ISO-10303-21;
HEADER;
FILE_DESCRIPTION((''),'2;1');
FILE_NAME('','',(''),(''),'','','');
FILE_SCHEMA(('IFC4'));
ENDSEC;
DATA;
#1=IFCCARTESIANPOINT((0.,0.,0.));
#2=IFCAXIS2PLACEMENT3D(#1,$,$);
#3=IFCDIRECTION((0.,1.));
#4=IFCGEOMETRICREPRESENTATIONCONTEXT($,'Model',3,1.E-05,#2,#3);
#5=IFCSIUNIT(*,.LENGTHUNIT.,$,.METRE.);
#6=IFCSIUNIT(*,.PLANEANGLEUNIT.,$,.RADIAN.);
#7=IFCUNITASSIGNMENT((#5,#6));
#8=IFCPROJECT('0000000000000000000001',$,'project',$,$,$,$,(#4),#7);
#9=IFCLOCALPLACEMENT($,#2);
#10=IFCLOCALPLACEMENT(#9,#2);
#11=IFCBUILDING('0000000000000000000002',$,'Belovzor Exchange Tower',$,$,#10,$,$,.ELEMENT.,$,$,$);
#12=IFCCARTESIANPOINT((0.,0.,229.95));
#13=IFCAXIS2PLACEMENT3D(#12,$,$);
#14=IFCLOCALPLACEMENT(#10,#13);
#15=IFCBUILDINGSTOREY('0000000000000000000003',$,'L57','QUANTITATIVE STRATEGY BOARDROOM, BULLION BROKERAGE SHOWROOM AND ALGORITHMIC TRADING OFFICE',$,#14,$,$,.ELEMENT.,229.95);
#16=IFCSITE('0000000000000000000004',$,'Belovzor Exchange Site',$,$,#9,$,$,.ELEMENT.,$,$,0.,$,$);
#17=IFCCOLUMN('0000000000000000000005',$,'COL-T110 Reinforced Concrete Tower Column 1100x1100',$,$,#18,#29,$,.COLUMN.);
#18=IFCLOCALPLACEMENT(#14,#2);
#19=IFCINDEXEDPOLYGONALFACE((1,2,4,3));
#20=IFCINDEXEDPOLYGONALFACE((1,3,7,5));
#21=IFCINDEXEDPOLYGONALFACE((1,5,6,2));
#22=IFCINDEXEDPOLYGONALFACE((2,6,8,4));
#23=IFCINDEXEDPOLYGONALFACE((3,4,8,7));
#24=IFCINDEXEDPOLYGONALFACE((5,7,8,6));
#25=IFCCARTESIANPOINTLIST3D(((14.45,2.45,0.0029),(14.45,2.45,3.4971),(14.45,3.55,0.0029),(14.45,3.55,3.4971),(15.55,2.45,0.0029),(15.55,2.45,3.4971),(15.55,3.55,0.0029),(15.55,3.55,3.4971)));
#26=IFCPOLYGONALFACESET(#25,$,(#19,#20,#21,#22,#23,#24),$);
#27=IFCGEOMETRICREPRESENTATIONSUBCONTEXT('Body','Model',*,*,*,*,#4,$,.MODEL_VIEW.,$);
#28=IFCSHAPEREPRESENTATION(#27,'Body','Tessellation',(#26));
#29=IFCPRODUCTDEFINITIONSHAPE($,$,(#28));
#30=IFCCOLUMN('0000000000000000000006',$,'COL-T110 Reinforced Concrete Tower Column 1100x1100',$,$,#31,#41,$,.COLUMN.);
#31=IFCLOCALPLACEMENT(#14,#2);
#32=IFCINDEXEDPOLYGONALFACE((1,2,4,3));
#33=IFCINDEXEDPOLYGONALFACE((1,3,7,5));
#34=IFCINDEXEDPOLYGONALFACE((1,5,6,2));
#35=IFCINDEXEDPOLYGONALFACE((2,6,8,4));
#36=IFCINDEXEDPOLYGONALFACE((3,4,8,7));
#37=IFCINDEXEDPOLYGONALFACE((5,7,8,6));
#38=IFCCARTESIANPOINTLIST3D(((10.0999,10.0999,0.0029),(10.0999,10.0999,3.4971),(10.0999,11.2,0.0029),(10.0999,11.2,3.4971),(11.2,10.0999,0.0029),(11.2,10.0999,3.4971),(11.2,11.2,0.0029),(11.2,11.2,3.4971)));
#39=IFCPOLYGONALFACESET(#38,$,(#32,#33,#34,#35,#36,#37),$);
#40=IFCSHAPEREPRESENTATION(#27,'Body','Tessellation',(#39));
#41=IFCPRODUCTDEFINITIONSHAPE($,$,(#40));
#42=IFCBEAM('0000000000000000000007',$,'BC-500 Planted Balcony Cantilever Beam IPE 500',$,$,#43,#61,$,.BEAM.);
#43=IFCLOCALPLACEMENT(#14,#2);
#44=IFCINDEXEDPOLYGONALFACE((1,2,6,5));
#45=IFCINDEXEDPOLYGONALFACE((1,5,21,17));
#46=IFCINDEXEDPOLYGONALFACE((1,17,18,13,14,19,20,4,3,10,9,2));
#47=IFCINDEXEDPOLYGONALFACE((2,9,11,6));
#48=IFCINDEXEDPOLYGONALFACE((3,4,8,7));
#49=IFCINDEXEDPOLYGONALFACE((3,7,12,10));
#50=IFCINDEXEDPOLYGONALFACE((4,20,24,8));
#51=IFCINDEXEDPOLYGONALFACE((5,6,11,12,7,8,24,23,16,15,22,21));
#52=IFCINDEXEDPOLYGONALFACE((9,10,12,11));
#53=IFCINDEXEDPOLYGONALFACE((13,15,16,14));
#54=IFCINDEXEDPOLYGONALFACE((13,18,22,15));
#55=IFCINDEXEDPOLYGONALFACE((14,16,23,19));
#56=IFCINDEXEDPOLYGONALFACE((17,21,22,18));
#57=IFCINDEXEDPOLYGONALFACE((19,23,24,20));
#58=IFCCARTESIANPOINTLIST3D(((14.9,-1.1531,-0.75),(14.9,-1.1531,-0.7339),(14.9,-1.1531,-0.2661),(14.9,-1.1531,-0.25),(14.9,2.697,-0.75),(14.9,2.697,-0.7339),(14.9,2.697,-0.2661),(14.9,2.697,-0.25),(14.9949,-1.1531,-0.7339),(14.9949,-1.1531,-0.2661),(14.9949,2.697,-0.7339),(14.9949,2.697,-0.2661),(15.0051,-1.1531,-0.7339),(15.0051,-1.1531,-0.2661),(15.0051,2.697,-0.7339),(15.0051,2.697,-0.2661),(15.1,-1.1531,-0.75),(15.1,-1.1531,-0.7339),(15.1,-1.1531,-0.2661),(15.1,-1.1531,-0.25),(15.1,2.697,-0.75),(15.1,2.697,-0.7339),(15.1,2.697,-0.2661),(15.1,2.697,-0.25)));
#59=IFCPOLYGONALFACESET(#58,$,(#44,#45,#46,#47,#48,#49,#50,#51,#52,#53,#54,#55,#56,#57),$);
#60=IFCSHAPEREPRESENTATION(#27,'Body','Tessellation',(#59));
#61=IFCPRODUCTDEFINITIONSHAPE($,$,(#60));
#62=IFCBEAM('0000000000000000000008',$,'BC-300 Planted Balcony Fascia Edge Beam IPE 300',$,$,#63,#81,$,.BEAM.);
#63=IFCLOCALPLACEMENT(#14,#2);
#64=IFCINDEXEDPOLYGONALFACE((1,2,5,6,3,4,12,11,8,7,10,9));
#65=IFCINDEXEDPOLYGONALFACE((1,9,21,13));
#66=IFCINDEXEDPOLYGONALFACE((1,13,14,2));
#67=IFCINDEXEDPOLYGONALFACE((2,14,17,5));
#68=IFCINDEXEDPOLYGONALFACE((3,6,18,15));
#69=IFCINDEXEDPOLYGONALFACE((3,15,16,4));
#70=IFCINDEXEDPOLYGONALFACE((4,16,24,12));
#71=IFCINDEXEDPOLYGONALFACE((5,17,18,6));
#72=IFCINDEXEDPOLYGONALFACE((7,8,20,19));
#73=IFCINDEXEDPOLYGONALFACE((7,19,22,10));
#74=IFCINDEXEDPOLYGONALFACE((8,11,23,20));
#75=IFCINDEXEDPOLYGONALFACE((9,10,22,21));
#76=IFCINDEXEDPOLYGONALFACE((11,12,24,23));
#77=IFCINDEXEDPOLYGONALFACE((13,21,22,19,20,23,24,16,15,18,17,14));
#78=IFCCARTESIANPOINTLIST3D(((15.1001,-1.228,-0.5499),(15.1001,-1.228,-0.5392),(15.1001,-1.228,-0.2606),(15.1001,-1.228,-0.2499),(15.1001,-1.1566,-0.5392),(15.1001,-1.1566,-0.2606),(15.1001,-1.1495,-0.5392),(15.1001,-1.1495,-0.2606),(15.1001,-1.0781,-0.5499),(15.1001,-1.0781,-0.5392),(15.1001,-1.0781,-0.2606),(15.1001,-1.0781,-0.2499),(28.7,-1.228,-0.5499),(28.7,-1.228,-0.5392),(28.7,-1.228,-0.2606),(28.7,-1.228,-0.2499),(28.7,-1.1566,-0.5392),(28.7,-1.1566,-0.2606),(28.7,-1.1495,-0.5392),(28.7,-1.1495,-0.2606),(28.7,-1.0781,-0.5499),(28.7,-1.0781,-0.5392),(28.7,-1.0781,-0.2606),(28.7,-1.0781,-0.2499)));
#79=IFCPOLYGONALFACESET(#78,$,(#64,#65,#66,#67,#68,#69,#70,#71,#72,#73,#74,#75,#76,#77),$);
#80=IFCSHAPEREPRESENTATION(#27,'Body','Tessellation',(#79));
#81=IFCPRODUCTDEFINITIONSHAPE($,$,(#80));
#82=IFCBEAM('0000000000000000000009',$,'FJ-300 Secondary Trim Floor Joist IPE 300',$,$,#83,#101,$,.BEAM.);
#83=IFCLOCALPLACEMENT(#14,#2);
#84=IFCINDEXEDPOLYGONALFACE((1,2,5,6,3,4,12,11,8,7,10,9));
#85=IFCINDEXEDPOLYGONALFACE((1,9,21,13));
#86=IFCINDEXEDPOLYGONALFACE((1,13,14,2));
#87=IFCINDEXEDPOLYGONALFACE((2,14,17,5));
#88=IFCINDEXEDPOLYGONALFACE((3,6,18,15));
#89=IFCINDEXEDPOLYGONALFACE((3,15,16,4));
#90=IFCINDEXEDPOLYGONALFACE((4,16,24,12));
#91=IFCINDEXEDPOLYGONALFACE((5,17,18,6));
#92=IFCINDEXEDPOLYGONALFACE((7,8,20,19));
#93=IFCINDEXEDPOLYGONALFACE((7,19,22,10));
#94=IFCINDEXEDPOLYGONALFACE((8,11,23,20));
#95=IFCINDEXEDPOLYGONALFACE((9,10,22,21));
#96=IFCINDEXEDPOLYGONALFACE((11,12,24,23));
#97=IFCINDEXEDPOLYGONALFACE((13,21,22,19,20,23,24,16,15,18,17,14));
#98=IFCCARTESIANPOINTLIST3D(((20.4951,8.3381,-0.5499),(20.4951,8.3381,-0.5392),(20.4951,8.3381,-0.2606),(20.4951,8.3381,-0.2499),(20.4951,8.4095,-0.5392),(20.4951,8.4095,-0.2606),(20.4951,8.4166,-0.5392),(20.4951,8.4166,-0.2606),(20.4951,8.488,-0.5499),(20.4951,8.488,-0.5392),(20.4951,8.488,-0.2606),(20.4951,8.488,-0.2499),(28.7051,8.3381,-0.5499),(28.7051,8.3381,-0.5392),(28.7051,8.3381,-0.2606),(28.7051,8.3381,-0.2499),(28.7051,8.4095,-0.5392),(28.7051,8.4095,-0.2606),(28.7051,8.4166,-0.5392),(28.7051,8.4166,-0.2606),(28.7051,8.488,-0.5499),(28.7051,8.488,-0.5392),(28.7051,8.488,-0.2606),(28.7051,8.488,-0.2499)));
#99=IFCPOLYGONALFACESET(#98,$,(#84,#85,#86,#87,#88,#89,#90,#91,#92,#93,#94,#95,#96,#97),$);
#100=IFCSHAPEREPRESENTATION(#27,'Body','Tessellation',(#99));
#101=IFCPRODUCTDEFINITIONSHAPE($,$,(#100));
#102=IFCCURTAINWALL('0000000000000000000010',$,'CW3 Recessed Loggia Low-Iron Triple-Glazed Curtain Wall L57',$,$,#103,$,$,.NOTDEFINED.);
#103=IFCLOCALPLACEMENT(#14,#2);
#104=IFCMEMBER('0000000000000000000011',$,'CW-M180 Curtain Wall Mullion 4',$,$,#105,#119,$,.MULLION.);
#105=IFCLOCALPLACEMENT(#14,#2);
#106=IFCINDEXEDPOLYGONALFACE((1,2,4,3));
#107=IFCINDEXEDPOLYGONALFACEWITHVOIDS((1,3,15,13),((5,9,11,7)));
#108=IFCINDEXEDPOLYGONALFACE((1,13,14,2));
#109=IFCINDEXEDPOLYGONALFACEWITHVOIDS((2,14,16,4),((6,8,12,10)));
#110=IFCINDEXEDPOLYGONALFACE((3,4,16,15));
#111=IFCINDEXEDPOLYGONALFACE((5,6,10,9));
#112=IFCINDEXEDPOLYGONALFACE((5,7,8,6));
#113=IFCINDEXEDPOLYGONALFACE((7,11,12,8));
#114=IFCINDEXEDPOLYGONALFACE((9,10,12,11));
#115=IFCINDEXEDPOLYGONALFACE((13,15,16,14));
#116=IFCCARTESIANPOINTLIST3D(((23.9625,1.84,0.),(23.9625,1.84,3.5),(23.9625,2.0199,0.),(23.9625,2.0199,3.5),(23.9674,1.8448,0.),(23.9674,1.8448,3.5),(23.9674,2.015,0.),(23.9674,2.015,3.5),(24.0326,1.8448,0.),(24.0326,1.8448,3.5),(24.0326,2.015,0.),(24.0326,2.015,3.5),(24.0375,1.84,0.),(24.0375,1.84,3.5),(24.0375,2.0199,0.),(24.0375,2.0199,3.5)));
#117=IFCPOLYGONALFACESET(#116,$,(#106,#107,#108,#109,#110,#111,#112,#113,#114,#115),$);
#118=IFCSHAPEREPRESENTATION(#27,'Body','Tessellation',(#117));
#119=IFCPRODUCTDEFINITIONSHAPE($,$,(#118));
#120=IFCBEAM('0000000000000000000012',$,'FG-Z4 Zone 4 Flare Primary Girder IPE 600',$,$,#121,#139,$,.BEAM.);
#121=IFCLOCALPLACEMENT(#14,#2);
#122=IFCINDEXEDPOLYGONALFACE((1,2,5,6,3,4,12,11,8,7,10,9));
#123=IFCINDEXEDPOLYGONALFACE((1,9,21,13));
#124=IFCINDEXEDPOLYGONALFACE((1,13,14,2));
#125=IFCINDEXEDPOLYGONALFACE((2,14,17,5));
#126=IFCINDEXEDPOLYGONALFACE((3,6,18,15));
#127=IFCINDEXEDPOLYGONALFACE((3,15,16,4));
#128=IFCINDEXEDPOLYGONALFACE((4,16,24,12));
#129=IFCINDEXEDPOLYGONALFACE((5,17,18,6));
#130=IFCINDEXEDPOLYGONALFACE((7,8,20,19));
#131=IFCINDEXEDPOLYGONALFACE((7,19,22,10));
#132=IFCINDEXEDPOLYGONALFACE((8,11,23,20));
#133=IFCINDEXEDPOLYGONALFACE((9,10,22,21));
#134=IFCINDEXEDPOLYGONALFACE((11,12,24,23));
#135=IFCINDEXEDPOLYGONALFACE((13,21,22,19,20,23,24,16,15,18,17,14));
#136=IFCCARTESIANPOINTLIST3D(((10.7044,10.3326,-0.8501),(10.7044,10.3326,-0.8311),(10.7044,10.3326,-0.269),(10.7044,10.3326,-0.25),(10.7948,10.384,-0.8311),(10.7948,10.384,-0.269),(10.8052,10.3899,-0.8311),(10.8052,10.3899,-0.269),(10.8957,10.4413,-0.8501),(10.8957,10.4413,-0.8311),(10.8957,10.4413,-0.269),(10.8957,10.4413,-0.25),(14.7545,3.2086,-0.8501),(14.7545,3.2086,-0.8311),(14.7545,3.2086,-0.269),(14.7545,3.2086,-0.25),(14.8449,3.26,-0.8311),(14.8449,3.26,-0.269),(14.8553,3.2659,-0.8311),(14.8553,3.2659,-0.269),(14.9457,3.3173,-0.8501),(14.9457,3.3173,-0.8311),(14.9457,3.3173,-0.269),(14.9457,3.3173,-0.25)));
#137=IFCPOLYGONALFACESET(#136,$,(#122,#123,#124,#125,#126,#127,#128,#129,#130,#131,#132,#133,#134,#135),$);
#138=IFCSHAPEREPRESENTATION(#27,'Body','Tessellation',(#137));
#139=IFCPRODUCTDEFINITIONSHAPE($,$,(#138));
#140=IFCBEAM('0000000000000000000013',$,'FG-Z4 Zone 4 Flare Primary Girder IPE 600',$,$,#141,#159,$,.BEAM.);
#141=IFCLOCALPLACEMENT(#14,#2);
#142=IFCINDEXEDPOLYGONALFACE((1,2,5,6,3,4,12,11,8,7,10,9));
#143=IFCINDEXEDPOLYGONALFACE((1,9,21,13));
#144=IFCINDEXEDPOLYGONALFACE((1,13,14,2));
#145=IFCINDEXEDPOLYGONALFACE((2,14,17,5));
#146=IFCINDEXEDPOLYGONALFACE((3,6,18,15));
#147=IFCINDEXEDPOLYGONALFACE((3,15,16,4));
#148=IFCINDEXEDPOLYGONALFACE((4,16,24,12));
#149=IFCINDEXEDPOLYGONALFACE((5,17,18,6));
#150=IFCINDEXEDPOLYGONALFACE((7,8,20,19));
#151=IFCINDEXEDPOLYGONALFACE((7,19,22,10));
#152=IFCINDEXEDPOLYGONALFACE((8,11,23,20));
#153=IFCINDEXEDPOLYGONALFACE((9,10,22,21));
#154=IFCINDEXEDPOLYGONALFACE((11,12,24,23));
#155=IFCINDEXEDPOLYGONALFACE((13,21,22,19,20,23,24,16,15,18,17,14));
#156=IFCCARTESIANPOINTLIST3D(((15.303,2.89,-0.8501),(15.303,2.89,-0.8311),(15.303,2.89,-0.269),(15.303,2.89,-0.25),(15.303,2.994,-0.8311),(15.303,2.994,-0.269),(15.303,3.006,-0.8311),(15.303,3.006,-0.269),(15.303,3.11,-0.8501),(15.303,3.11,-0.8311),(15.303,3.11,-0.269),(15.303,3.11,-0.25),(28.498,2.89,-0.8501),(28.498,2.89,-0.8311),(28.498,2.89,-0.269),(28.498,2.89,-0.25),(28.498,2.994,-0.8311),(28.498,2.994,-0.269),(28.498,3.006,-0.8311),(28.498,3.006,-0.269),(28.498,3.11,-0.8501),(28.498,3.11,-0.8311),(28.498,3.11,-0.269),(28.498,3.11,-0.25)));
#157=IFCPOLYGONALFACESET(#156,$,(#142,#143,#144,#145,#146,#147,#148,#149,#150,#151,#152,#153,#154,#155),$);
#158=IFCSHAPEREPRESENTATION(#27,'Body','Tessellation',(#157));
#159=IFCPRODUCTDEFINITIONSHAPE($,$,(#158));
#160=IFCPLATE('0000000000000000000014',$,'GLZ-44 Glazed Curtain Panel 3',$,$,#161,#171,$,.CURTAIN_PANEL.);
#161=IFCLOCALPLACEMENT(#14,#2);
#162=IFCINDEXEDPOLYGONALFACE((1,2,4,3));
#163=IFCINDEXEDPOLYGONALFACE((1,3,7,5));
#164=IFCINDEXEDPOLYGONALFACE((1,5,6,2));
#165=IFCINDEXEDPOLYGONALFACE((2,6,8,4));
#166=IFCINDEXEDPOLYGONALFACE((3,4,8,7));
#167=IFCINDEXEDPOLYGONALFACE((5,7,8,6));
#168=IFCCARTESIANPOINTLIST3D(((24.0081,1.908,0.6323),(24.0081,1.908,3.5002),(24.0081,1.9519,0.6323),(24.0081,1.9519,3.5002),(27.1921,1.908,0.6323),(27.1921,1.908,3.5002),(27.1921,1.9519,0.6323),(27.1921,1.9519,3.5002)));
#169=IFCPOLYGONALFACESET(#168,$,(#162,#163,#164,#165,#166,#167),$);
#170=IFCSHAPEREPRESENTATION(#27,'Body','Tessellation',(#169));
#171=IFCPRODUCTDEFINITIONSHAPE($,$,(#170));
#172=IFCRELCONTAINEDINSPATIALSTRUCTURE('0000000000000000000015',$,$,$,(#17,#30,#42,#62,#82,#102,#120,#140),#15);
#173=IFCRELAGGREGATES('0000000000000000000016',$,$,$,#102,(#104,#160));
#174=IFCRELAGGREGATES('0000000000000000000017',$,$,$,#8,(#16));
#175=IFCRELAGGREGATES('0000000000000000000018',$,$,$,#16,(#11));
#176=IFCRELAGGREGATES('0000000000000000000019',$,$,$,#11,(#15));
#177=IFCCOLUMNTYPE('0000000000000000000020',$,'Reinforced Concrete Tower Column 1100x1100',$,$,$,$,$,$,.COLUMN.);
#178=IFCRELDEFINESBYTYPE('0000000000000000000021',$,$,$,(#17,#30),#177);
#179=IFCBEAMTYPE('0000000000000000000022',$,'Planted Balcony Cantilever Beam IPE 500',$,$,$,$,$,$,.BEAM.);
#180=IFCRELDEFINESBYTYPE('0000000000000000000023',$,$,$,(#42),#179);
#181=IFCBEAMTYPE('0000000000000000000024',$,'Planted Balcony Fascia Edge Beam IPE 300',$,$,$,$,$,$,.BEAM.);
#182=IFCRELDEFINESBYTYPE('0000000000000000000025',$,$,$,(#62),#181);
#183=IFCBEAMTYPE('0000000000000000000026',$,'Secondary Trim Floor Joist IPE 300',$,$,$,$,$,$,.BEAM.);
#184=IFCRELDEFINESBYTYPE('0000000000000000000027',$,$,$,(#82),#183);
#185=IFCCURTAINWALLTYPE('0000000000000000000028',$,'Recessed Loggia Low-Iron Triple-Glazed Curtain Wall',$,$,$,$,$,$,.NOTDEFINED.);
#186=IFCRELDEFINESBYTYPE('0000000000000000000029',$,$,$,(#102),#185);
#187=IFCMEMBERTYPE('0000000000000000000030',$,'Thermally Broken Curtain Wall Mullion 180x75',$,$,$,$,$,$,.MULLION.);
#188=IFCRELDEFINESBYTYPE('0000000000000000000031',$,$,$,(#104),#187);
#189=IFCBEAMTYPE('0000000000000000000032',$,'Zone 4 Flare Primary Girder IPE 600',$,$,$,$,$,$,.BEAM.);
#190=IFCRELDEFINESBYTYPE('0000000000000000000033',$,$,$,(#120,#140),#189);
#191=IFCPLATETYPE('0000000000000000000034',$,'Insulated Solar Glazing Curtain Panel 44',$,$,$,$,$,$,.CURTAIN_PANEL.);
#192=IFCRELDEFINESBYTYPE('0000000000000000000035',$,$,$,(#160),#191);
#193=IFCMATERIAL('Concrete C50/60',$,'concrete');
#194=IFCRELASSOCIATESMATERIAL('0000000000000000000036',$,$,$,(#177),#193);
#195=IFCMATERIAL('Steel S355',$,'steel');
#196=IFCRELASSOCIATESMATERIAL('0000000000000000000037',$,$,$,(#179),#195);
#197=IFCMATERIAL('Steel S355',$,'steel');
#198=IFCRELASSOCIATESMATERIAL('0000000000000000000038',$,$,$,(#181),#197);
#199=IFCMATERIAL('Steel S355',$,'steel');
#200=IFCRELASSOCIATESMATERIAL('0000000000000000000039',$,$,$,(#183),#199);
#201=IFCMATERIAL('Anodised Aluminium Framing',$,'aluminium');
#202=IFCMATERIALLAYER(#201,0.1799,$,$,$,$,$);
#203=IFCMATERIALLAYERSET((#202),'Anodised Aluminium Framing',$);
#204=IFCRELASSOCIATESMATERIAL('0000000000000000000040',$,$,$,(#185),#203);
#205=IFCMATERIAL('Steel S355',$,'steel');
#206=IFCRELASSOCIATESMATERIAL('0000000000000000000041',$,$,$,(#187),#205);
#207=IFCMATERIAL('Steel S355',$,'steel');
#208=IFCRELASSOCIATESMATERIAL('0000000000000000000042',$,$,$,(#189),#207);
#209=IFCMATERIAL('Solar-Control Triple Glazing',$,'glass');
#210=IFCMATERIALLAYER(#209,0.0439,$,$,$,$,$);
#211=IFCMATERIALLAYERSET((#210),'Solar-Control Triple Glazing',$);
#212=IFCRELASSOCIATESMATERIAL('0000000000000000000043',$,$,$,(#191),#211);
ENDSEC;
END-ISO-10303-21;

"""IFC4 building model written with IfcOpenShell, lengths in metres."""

from ifc_helpers import new_model, si_unit, direction, frame, origin, origin_2d, place, context, subcontext, project, spatial, rectangle, hollow_rectangle, i_section, extrude, material, layer, layer_set, material_profile, profile_set, type_object, element, aggregate, save


model = new_model("IFC4")

# Units and contexts
model_context = context("Model", 3, precision=1e-05, world=origin(), true_north=direction((0.0, 1.0)))
body_context = subcontext(model_context, "Body", "Model", "MODEL_VIEW")
ifc_project = project(units=[si_unit("LENGTHUNIT", "METRE"), si_unit("PLANEANGLEUNIT", "RADIAN")], contexts=[model_context])

# Site, building, storey
site_placement = place(None, origin())
site = spatial("IfcSite", under=ifc_project, at=site_placement, Name="Belovzor Exchange Site", CompositionType="ELEMENT", RefElevation=0.0)
building_placement = place(site_placement, origin())
building = spatial("IfcBuilding", under=site, at=building_placement, Name="Belovzor Exchange Tower", CompositionType="ELEMENT")
storey_placement = place(building_placement, frame((0.0, 0.0, 229.95)))
storey = spatial("IfcBuildingStorey", under=building, at=storey_placement, Name="L57", Description="QUANTITATIVE STRATEGY BOARDROOM, BULLION BROKERAGE SHOWROOM AND ALGORITHMIC TRADING OFFICE", CompositionType="ELEMENT", Elevation=229.95)

# Columns
ifc_material_1 = material(Name="Concrete C50/60", Category="concrete")
ifc_material_profile_1 = material_profile(ifc_material_1, rectangle(XDim=1.1001, YDim=1.1001, at=origin_2d()))
ifc_profile_set_1 = profile_set([ifc_material_profile_1], Name="Concrete C50/60")
column_type = type_object("IfcColumnType", Name="Reinforced Concrete Tower Column 1100x1100", PredefinedType="COLUMN", material=ifc_profile_set_1)
for number, where, z_axis, x_axis, name in (
    (1, (15.0, 3.0, 0.0029), (0.0, 0.0, 1.0), (1.0, 0.0, 0.0), "COL-T110 Reinforced Concrete Tower Column 1100x1100"),
    (2, (10.6499, 10.6499, 0.0029), (0.0, 0.0, 1.0), (1.0, 0.0, 0.0), "COL-T110 Reinforced Concrete Tower Column 1100x1100"),
):
    element("IfcColumn", number, at=place(storey_placement, frame(where, z_axis=z_axis, x_axis=x_axis)), inside=storey, type_object=column_type, Name=name, PredefinedType="COLUMN", context=body_context, shape_type="SweptSolid", body=[
        extrude(rectangle(XDim=1.1001, YDim=1.1001, at=origin_2d()), origin(), (0.0, 0.0, 1.0), 3.4941),
    ])

# Beams
ifc_material_2 = material(Name="Steel S355", Category="steel")
ifc_material_profile_2 = material_profile(ifc_material_2, i_section(OverallWidth=0.2, OverallDepth=0.5, WebThickness=0.0103, FlangeThickness=0.0161, at=origin_2d()))
ifc_profile_set_2 = profile_set([ifc_material_profile_2], Name="Steel S355")
beam_type_1 = type_object("IfcBeamType", Name="Planted Balcony Cantilever Beam IPE 500", PredefinedType="BEAM", material=ifc_profile_set_2)
beam_1_placement = place(storey_placement, frame((15.0, 2.697, -0.5), z_axis=(0.0, -1.0, 0.0), x_axis=(1.0, 0.0, 0.0)))
element("IfcBeam", 3, at=beam_1_placement, inside=storey, type_object=beam_type_1, Name="BC-500 Planted Balcony Cantilever Beam IPE 500", PredefinedType="BEAM", context=body_context, shape_type="SweptSolid", body=[
    extrude(i_section(OverallWidth=0.2, OverallDepth=0.5, WebThickness=0.0103, FlangeThickness=0.0161, at=origin_2d()), origin(), (0.0, 0.0, 1.0), 3.8501),
])
ifc_material_3 = material(Name="Steel S355", Category="steel")
ifc_material_profile_3 = material_profile(ifc_material_3, i_section(OverallWidth=0.1499, OverallDepth=0.3, WebThickness=0.0071, FlangeThickness=0.0107, at=origin_2d()))
ifc_profile_set_3 = profile_set([ifc_material_profile_3], Name="Steel S355")
beam_type_2 = type_object("IfcBeamType", Name="Planted Balcony Fascia Edge Beam IPE 300", PredefinedType="BEAM", material=ifc_profile_set_3)
beam_2_placement = place(storey_placement, frame((15.1001, -1.1531, -0.3999), z_axis=(1.0, 0.0, 0.0), x_axis=(0.0, 1.0, 0.0)))
element("IfcBeam", 4, at=beam_2_placement, inside=storey, type_object=beam_type_2, Name="BC-300 Planted Balcony Fascia Edge Beam IPE 300", PredefinedType="BEAM", context=body_context, shape_type="SweptSolid", body=[
    extrude(i_section(OverallWidth=0.1499, OverallDepth=0.3, WebThickness=0.0071, FlangeThickness=0.0107, at=origin_2d()), origin(), (0.0, 0.0, 1.0), 13.5999),
])
ifc_material_4 = material(Name="Steel S355", Category="steel")
ifc_material_profile_4 = material_profile(ifc_material_4, i_section(OverallWidth=0.1499, OverallDepth=0.3, WebThickness=0.0071, FlangeThickness=0.0107, at=origin_2d()))
ifc_profile_set_4 = profile_set([ifc_material_profile_4], Name="Steel S355")
beam_type_3 = type_object("IfcBeamType", Name="Secondary Trim Floor Joist IPE 300", PredefinedType="BEAM", material=ifc_profile_set_4)
beam_3_placement = place(storey_placement, frame((20.4951, 8.4131, -0.3999), z_axis=(1.0, 0.0, 0.0), x_axis=(0.0, 1.0, 0.0)))
element("IfcBeam", 5, at=beam_3_placement, inside=storey, type_object=beam_type_3, Name="FJ-300 Secondary Trim Floor Joist IPE 300", PredefinedType="BEAM", context=body_context, shape_type="SweptSolid", body=[
    extrude(i_section(OverallWidth=0.1499, OverallDepth=0.3, WebThickness=0.0071, FlangeThickness=0.0107, at=origin_2d()), origin(), (0.0, 0.0, 1.0), 8.21),
])

# Curtain wall, member
ifc_material_5 = material(Name="Anodised Aluminium Framing", Category="aluminium")
ifc_layer_1 = layer(ifc_material_5, 0.1799)
ifc_layer_set_1 = layer_set([ifc_layer_1], Name="Anodised Aluminium Framing")
curtain_wall_type = type_object("IfcCurtainWallType", Name="Recessed Loggia Low-Iron Triple-Glazed Curtain Wall", PredefinedType="NOTDEFINED", material=ifc_layer_set_1)
curtain_wall_placement = place(storey_placement, origin())
curtain_wall = element("IfcCurtainWall", 6, at=curtain_wall_placement, inside=storey, type_object=curtain_wall_type, Name="CW3 Recessed Loggia Low-Iron Triple-Glazed Curtain Wall L57", PredefinedType="NOTDEFINED")
ifc_material_6 = material(Name="Steel S355", Category="steel")
ifc_material_profile_5 = material_profile(ifc_material_6, hollow_rectangle(XDim=0.075, YDim=0.1799, WallThickness=0.0049, at=origin_2d()))
ifc_profile_set_5 = profile_set([ifc_material_profile_5], Name="Steel S355")
member_type = type_object("IfcMemberType", Name="Thermally Broken Curtain Wall Mullion 180x75", PredefinedType="MULLION", material=ifc_profile_set_5)
member_placement = place(storey_placement, frame((24.0, 1.9299, 0.0), z_axis=(0.0, 0.0, 1.0), x_axis=(-1.0, 0.0, 0.0)))
member = element("IfcMember", 7, at=member_placement, type_object=member_type, Name="CW-M180 Curtain Wall Mullion 4", PredefinedType="MULLION", context=body_context, shape_type="SweptSolid", body=[
    extrude(hollow_rectangle(XDim=0.075, YDim=0.1799, WallThickness=0.0049, at=origin_2d()), origin(), (0.0, 0.0, 1.0), 3.5),
])

# Beams
ifc_material_7 = material(Name="Steel S355", Category="steel")
ifc_material_profile_6 = material_profile(ifc_material_7, i_section(OverallWidth=0.22, OverallDepth=0.6001, WebThickness=0.012, FlangeThickness=0.019, at=origin_2d()))
ifc_profile_set_6 = profile_set([ifc_material_profile_6], Name="Steel S355")
beam_type_4 = type_object("IfcBeamType", Name="Zone 4 Flare Primary Girder IPE 600", PredefinedType="BEAM", material=ifc_profile_set_6)
beam_4_placement = place(storey_placement, frame((10.8, 10.387, -0.55), z_axis=(0.494222, -0.869336, 0.0), x_axis=(0.869336, 0.494222, 0.0)))
element("IfcBeam", 8, at=beam_4_placement, inside=storey, type_object=beam_type_4, Name="FG-Z4 Zone 4 Flare Primary Girder IPE 600", PredefinedType="BEAM", context=body_context, shape_type="SweptSolid", body=[
    extrude(i_section(OverallWidth=0.22, OverallDepth=0.6001, WebThickness=0.012, FlangeThickness=0.019, at=origin_2d()), origin(), (0.0, 0.0, 1.0), 8.1948),
])
beam_5_placement = place(storey_placement, frame((15.303, 3.0, -0.55), z_axis=(1.0, 0.0, 0.0), x_axis=(0.0, 1.0, 0.0)))
element("IfcBeam", 9, at=beam_5_placement, inside=storey, type_object=beam_type_4, Name="FG-Z4 Zone 4 Flare Primary Girder IPE 600", PredefinedType="BEAM", context=body_context, shape_type="SweptSolid", body=[
    extrude(i_section(OverallWidth=0.22, OverallDepth=0.6001, WebThickness=0.012, FlangeThickness=0.019, at=origin_2d()), origin(), (0.0, 0.0, 1.0), 13.1951),
])

# Plate
ifc_material_8 = material(Name="Solar-Control Triple Glazing", Category="glass")
ifc_layer_2 = layer(ifc_material_8, 0.0439)
ifc_layer_set_2 = layer_set([ifc_layer_2], Name="Solar-Control Triple Glazing")
plate_type_1 = type_object("IfcPlateType", Name="Insulated Solar Glazing Curtain Panel 44", PredefinedType="CURTAIN_PANEL", material=ifc_layer_set_2)
plate_1_placement = place(storey_placement, frame((25.6001, 1.9299, 0.6323), z_axis=(0.0, 0.0, 1.0), x_axis=(-1.0, 0.0, 0.0)))
plate_1 = element("IfcPlate", 10, at=plate_1_placement, type_object=plate_type_1, Name="GLZ-44 Glazed Curtain Panel 3", PredefinedType="CURTAIN_PANEL", context=body_context, shape_type="SweptSolid", body=[
    extrude(rectangle(XDim=3.1841, YDim=0.0439, at=origin_2d()), origin(), (0.0, 0.0, 1.0), 2.8679),
])
aggregate(curtain_wall, [member, plate_1])

save(model, "model.ifc")
